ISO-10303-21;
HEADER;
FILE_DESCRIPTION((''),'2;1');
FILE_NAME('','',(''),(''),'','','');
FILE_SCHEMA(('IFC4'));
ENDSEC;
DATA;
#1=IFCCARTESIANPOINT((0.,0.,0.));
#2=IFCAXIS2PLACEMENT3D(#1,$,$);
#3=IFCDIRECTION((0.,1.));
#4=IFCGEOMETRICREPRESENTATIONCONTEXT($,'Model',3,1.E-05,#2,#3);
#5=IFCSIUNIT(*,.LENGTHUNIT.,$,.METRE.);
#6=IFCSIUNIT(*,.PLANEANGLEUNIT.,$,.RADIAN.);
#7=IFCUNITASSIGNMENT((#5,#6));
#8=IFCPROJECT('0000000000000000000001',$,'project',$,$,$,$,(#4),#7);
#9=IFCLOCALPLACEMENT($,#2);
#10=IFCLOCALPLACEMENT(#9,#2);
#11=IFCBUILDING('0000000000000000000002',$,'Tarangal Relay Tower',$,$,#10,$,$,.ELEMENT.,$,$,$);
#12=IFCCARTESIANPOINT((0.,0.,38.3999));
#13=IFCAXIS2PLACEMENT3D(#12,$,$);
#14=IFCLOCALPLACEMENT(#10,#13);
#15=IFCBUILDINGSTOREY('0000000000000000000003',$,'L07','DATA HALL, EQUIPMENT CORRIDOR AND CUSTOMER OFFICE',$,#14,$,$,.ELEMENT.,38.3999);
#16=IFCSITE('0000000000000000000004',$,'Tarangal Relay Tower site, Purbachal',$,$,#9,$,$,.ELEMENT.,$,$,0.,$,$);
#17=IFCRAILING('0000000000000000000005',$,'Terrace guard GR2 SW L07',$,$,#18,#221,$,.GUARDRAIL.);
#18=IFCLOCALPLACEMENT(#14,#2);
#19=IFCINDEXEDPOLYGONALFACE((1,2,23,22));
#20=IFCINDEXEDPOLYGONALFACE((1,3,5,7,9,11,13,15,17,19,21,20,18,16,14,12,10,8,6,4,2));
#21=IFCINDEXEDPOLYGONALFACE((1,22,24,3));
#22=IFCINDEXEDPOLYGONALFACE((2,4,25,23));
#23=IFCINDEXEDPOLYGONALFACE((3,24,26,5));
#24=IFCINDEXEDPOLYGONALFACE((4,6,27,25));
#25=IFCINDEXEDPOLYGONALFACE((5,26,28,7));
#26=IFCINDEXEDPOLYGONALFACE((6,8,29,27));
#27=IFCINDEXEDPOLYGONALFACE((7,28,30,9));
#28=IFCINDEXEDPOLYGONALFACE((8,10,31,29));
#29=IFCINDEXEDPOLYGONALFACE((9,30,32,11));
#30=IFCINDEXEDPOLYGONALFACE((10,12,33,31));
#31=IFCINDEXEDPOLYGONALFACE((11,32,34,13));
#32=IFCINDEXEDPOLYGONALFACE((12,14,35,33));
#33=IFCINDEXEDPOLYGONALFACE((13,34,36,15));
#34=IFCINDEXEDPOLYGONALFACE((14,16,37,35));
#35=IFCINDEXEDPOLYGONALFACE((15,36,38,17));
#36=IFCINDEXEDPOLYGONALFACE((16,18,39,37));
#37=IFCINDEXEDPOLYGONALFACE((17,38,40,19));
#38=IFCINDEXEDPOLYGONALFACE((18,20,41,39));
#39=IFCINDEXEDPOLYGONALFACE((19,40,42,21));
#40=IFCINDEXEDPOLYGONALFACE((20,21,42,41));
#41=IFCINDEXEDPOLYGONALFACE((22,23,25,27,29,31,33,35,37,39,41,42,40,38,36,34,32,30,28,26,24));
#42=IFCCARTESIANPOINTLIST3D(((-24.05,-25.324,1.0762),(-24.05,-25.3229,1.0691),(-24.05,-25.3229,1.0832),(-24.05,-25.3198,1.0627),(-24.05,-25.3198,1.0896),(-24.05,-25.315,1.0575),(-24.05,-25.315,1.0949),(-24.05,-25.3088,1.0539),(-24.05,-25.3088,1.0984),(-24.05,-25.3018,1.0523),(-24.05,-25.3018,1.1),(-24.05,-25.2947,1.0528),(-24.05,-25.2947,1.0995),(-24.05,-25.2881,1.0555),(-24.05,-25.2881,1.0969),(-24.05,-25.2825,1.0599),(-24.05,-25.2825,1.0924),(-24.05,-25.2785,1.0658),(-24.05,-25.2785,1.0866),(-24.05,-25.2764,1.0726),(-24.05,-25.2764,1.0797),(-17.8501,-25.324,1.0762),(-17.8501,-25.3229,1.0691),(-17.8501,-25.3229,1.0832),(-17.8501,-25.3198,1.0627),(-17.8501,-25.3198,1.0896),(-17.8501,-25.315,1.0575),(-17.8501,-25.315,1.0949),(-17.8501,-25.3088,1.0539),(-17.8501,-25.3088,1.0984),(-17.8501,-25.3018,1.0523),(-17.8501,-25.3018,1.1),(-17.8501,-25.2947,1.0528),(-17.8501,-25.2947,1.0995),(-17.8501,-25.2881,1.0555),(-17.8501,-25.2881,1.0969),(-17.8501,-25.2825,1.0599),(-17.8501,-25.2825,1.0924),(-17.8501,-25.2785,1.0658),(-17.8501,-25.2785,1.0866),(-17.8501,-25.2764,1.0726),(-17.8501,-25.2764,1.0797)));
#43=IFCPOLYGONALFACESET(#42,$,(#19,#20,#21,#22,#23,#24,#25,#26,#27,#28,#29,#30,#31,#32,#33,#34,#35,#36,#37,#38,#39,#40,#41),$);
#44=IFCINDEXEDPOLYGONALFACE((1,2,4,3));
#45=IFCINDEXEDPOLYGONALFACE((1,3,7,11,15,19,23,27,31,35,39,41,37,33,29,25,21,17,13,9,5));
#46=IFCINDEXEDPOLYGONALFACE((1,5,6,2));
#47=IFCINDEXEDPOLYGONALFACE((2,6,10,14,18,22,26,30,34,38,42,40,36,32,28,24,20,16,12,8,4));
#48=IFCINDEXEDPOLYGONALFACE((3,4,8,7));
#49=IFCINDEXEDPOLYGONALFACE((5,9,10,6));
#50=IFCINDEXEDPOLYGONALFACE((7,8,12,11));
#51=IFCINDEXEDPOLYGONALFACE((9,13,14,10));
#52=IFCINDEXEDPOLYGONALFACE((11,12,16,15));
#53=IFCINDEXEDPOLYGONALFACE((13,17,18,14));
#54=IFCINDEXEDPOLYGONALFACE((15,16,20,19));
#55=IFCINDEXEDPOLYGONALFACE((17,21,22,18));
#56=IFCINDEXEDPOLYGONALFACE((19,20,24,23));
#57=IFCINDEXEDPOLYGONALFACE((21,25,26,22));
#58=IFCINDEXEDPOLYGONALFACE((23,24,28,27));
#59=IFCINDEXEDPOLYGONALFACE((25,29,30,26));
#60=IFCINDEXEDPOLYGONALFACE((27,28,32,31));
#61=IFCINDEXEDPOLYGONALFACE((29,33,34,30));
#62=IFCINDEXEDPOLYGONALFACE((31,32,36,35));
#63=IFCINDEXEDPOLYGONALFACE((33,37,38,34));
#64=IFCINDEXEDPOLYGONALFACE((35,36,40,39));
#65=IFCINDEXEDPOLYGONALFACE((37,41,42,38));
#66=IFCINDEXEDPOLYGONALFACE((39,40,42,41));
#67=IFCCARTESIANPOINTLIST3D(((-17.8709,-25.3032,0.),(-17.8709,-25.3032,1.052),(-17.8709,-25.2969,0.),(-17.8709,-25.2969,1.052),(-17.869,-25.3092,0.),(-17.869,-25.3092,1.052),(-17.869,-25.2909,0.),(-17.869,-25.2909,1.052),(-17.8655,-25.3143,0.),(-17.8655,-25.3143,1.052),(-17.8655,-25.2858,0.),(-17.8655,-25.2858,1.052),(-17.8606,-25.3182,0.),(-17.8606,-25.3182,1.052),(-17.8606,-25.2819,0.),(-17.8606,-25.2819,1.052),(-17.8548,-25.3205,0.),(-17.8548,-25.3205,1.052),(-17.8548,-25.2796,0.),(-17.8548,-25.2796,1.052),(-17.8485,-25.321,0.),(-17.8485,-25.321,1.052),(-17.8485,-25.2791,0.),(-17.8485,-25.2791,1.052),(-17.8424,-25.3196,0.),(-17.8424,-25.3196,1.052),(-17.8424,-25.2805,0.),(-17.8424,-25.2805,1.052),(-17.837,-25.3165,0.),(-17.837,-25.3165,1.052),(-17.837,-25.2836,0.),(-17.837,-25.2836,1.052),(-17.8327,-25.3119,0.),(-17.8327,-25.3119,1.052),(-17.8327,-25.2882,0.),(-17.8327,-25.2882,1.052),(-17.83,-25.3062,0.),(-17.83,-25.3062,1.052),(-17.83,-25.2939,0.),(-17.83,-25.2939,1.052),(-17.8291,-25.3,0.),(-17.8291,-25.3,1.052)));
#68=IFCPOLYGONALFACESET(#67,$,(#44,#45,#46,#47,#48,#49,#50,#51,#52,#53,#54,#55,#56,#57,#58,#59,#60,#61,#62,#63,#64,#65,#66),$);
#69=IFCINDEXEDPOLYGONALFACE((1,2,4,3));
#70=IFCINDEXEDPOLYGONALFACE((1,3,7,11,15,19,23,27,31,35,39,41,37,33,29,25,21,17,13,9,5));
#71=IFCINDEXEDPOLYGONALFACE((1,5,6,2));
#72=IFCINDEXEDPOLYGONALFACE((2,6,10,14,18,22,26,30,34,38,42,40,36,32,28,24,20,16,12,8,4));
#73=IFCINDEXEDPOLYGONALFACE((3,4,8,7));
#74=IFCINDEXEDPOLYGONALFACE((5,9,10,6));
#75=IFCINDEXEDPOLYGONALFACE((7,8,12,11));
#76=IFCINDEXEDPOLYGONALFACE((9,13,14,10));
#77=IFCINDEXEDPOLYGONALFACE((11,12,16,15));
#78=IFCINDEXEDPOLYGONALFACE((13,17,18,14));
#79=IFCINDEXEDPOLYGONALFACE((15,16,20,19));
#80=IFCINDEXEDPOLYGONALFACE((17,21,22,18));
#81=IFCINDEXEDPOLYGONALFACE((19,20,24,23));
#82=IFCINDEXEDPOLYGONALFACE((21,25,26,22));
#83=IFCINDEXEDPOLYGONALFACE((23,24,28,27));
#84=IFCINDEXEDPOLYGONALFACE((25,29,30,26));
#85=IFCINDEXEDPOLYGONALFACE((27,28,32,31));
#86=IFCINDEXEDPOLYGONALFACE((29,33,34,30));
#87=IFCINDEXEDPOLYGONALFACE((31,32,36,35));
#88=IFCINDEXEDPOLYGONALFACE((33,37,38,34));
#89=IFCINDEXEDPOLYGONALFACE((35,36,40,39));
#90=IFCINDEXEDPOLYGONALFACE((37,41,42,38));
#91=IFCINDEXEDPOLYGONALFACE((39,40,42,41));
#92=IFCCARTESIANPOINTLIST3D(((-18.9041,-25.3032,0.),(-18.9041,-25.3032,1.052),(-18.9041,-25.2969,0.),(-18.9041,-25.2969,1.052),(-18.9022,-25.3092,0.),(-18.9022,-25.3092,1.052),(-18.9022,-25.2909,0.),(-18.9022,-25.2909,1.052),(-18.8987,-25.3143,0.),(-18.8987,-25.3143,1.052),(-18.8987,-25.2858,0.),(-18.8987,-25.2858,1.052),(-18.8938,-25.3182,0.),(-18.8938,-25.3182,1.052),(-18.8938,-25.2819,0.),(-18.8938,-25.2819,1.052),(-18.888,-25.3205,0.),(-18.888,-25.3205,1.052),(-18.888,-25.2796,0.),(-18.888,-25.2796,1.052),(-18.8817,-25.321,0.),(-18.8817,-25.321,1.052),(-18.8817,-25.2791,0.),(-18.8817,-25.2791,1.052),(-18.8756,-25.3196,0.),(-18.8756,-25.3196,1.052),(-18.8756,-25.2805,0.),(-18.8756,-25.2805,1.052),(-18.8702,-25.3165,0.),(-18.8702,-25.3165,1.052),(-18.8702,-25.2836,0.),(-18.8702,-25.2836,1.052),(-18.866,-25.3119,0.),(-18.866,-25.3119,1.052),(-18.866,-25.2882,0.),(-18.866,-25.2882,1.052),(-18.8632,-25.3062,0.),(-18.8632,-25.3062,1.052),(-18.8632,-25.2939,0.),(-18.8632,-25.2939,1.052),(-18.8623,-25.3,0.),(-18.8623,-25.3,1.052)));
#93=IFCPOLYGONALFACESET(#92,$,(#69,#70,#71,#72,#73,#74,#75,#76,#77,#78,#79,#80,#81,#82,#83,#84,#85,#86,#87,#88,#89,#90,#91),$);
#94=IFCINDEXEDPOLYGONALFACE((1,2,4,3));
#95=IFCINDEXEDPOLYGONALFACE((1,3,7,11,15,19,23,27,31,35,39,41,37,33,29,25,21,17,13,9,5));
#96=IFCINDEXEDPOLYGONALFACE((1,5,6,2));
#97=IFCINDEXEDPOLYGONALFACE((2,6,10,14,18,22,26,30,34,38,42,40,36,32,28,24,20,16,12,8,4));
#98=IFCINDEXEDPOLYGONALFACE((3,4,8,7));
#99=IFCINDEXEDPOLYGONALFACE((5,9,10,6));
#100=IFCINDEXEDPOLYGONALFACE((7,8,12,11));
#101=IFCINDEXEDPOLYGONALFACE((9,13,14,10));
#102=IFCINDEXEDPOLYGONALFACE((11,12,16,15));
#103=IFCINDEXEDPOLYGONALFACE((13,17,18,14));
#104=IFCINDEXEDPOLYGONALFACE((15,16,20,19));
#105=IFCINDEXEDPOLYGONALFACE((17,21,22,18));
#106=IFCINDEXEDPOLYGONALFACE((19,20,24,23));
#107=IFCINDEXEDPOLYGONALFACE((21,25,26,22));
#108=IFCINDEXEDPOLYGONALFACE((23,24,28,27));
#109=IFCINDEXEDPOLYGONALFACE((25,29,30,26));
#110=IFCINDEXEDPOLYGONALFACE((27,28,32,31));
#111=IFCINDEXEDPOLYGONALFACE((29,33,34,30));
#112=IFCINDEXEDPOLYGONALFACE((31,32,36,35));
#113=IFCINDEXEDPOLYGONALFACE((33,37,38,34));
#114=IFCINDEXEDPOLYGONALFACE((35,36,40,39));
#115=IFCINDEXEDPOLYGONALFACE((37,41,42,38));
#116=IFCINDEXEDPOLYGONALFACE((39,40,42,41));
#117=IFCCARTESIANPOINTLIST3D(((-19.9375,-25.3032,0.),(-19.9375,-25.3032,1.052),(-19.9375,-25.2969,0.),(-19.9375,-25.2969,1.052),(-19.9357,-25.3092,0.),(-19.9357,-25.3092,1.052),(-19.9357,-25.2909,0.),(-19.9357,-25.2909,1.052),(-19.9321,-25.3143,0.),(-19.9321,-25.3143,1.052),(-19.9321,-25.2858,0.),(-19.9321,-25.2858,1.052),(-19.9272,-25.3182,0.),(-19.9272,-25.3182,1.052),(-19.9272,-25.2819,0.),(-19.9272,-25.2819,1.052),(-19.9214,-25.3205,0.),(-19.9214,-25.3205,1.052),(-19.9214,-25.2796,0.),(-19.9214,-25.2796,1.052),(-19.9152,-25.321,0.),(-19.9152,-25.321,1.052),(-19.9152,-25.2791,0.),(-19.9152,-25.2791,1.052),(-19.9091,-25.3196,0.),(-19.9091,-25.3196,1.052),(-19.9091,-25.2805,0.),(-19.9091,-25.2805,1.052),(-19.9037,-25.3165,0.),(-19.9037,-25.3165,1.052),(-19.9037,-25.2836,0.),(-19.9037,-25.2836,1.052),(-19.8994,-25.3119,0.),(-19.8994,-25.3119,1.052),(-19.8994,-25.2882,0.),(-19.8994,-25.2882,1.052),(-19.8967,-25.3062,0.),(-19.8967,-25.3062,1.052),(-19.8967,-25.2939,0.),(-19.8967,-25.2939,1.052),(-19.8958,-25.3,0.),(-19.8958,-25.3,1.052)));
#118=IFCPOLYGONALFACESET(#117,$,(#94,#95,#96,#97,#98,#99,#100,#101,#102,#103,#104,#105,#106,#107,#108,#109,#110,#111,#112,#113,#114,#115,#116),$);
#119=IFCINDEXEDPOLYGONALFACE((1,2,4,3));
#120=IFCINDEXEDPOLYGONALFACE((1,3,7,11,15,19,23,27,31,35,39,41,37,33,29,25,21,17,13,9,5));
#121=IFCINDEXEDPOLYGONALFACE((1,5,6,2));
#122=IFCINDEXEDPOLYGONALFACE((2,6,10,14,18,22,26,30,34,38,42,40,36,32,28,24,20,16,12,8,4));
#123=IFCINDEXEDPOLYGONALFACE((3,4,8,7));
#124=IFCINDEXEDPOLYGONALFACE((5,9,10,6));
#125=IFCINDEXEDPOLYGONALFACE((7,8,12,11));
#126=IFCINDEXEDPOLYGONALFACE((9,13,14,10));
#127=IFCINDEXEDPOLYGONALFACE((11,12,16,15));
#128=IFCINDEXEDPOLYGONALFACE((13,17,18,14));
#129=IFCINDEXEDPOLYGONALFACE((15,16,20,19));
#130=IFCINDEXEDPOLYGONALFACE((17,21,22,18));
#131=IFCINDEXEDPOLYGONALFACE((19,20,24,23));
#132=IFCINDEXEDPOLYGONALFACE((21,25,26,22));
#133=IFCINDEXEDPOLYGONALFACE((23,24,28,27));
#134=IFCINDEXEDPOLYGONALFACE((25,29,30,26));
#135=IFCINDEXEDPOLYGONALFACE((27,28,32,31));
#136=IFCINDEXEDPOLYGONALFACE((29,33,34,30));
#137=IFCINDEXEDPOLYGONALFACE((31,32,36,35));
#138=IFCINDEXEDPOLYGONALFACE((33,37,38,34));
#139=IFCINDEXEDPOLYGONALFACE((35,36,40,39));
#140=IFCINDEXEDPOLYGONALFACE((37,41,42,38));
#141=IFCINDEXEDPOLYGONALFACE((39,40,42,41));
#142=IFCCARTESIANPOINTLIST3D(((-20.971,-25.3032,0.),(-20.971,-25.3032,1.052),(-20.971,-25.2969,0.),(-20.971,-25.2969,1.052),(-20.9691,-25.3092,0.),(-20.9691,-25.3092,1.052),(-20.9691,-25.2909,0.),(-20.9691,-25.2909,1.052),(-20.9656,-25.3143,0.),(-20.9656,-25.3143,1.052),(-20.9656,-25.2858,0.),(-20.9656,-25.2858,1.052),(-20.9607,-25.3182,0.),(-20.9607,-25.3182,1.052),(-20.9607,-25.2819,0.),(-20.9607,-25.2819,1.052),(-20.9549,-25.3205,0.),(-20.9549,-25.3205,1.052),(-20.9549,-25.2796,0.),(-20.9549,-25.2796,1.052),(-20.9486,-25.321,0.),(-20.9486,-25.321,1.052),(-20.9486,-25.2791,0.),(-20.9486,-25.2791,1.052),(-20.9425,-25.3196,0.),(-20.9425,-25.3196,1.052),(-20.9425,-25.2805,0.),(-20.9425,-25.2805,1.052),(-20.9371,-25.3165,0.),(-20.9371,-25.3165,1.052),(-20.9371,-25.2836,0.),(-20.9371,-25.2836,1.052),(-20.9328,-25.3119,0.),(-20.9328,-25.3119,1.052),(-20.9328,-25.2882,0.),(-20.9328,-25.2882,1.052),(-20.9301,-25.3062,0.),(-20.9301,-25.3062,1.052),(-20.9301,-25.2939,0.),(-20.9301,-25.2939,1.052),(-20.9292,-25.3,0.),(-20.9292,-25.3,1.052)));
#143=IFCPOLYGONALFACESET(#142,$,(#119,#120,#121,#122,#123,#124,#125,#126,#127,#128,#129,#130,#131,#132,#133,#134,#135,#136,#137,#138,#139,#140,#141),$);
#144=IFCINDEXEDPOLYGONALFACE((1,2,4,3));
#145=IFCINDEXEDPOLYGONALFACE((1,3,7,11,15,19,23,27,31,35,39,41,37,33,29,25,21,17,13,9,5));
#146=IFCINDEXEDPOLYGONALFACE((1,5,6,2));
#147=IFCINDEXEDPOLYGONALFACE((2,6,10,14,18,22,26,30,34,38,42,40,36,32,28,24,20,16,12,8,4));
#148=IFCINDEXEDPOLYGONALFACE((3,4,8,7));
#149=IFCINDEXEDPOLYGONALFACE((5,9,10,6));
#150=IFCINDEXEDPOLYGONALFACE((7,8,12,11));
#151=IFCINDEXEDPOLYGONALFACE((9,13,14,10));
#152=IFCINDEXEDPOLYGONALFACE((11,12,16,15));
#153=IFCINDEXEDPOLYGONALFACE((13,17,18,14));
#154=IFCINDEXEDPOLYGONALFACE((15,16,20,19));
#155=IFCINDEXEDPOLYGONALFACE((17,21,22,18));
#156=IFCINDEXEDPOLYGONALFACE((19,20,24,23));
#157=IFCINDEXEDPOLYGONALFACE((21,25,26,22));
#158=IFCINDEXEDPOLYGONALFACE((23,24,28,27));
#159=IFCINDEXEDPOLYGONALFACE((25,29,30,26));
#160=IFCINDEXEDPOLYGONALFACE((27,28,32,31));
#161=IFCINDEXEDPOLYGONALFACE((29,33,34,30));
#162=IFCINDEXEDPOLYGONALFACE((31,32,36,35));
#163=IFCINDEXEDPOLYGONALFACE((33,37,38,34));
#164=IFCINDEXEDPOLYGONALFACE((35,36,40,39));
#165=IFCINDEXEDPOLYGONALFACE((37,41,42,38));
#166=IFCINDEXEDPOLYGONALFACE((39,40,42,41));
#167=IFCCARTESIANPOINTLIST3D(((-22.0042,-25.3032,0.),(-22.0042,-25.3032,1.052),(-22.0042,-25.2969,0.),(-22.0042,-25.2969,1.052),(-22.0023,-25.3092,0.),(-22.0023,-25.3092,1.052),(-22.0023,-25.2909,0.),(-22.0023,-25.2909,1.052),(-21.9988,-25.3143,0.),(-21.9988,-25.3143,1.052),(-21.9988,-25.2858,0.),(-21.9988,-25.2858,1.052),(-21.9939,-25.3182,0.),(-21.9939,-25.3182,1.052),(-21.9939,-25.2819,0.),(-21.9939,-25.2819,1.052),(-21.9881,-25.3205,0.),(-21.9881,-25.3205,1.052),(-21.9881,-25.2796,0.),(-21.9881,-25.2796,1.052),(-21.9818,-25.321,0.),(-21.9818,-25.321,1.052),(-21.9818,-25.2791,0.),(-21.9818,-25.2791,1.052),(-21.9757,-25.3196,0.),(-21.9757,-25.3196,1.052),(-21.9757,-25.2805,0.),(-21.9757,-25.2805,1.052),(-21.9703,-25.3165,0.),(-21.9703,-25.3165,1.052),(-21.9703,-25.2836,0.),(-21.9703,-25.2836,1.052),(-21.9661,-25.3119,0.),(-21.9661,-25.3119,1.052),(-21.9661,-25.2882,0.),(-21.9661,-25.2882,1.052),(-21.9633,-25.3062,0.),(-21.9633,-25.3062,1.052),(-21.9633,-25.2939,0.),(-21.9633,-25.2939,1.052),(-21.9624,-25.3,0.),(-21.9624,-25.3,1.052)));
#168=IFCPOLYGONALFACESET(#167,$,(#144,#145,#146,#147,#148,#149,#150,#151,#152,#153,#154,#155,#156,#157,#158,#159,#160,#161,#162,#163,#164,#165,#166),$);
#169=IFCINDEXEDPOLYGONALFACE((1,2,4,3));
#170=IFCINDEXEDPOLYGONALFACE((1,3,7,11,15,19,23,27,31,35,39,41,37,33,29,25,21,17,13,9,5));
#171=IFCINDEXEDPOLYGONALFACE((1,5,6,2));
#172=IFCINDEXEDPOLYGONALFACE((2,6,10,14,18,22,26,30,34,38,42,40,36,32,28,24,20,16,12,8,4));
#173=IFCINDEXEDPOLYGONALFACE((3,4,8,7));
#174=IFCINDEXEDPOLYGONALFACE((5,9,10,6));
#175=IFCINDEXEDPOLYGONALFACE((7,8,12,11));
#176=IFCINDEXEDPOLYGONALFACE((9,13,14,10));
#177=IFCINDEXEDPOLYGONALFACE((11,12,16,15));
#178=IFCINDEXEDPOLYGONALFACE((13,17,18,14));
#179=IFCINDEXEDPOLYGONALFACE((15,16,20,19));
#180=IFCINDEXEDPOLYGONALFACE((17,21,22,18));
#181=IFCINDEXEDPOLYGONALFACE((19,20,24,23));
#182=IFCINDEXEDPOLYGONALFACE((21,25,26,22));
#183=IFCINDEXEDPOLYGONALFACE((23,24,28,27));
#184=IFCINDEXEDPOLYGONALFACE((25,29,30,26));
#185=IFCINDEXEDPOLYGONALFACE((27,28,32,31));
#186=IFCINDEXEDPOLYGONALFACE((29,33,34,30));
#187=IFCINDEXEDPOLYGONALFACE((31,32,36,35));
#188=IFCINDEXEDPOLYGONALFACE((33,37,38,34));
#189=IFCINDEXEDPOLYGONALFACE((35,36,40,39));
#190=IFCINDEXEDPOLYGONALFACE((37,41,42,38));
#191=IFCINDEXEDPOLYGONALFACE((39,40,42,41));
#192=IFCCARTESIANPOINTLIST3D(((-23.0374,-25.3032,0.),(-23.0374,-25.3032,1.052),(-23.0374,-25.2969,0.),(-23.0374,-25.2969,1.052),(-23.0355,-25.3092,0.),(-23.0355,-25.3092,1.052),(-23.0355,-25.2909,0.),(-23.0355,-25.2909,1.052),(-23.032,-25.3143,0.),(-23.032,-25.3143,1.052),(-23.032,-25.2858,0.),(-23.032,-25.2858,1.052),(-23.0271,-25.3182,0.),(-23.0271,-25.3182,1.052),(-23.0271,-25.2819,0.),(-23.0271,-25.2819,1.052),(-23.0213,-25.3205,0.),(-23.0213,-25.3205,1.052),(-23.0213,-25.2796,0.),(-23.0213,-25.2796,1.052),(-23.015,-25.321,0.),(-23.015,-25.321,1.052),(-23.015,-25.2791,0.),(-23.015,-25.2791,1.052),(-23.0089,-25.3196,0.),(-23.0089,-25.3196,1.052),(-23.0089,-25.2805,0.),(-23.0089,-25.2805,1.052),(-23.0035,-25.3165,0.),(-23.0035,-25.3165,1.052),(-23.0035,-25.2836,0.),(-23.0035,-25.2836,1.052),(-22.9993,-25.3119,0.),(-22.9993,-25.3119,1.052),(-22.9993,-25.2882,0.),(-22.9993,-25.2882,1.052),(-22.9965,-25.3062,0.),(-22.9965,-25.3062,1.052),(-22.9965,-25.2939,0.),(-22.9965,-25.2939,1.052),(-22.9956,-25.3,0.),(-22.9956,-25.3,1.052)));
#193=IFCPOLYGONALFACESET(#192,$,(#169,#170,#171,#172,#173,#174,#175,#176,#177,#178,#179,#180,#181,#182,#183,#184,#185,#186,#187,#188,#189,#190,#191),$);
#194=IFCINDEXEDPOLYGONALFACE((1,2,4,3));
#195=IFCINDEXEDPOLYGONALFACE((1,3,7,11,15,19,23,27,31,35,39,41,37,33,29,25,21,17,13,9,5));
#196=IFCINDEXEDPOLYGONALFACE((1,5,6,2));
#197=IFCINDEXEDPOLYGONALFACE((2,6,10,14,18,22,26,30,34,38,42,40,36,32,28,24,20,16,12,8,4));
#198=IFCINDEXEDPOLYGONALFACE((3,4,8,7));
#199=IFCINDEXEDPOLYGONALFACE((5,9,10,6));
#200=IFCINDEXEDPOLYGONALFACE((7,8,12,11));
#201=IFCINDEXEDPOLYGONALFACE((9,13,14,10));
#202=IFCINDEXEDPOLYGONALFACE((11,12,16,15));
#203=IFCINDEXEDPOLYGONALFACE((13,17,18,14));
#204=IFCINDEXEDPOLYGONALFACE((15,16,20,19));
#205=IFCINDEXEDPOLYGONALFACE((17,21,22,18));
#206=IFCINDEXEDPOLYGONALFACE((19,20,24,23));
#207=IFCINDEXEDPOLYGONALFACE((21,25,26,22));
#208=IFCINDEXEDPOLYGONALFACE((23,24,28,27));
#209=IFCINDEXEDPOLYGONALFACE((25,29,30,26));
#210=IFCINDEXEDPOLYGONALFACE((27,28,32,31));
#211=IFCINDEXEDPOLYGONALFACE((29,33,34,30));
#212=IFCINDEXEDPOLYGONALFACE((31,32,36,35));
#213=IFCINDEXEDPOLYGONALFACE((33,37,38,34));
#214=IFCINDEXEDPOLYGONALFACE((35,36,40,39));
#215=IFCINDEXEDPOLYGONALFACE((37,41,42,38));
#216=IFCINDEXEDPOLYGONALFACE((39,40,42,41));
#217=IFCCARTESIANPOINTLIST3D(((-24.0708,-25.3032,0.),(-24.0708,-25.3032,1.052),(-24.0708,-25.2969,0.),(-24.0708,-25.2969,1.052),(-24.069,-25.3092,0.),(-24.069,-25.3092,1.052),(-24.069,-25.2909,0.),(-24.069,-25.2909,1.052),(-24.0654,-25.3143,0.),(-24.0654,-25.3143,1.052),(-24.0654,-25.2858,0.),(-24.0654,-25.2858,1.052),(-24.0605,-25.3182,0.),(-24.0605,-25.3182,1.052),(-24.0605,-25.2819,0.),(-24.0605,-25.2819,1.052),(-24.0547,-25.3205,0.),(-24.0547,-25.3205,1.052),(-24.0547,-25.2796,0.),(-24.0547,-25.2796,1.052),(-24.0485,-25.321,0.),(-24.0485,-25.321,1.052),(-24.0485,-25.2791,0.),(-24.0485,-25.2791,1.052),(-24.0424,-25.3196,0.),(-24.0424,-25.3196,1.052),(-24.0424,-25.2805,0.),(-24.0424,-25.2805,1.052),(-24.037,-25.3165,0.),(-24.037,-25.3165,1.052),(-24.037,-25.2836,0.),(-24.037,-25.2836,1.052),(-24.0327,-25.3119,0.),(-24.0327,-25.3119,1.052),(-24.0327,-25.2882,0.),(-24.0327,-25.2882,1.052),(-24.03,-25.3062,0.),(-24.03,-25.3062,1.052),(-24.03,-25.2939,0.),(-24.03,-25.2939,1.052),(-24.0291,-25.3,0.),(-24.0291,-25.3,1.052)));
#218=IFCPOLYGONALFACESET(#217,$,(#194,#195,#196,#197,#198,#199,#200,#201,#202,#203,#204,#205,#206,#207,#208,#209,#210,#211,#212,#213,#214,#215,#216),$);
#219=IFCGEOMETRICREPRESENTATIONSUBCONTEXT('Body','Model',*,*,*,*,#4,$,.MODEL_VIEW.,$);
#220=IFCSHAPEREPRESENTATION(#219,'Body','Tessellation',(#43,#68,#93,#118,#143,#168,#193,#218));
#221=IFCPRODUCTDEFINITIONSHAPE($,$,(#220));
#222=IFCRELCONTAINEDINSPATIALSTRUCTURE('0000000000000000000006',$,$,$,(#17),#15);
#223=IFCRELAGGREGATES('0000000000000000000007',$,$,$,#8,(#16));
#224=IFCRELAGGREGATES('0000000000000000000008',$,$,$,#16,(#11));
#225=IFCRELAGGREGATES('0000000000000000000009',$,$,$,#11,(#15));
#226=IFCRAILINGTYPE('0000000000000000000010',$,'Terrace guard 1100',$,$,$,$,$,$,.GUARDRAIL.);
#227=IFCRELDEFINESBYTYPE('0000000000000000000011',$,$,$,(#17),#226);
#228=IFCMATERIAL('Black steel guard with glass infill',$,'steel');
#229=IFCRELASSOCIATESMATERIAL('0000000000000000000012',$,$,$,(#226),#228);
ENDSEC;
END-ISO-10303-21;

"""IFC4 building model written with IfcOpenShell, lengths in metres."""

from ifc_helpers import new_model, si_unit, direction, frame, origin, origin_2d, place, context, subcontext, project, spatial, circle, extrude, material, type_object, element, save


model = new_model("IFC4")

# Units and contexts
model_context = context("Model", 3, precision=1e-05, world=origin(), true_north=direction((0.0, 1.0)))
body_context = subcontext(model_context, "Body", "Model", "MODEL_VIEW")
ifc_project = project(units=[si_unit("LENGTHUNIT", "METRE"), si_unit("PLANEANGLEUNIT", "RADIAN")], contexts=[model_context])

# Site, building, storey
site_placement = place(None, origin())
site = spatial("IfcSite", under=ifc_project, at=site_placement, Name="Tarangal Relay Tower site, Purbachal", CompositionType="ELEMENT", RefElevation=0.0)
building_placement = place(site_placement, origin())
building = spatial("IfcBuilding", under=site, at=building_placement, Name="Tarangal Relay Tower", CompositionType="ELEMENT")
storey_placement = place(building_placement, frame((0.0, 0.0, 38.3999)))
storey = spatial("IfcBuildingStorey", under=building, at=storey_placement, Name="L07", Description="DATA HALL, EQUIPMENT CORRIDOR AND CUSTOMER OFFICE", CompositionType="ELEMENT", Elevation=38.3999)

# Railing
ifc_material_1 = material(Name="Black steel guard with glass infill", Category="steel")
railing_type = type_object("IfcRailingType", Name="Terrace guard 1100", PredefinedType="GUARDRAIL", material=ifc_material_1)
railing_1_placement = place(storey_placement, frame((-17.8501, -25.3, 0.0)))
element("IfcRailing", 1, at=railing_1_placement, inside=storey, type_object=railing_type, Name="Terrace guard GR2 SW L07", PredefinedType="GUARDRAIL", context=body_context, shape_type="SweptSolid", body=[
    extrude(circle(Radius=0.0239, at=origin_2d()), frame((0.0, 0.0, 1.0762), z_axis=(-1.0, 0.0, 0.0), x_axis=(0.0, -1.0, 0.0)), (0.0, 0.0, 1.0), 6.2),
    extrude(circle(Radius=0.021, at=origin_2d()), origin(), (0.0, 0.0, 1.0), 1.052),
    extrude(circle(Radius=0.021, at=origin_2d()), frame((-1.0332, 0.0, 0.0)), (0.0, 0.0, 1.0), 1.052),
    extrude(circle(Radius=0.021, at=origin_2d()), frame((-2.0667, 0.0, 0.0)), (0.0, 0.0, 1.0), 1.052),
    extrude(circle(Radius=0.021, at=origin_2d()), frame((-3.1001, 0.0, 0.0)), (0.0, 0.0, 1.0), 1.052),
    extrude(circle(Radius=0.021, at=origin_2d()), frame((-4.1333, 0.0, 0.0)), (0.0, 0.0, 1.0), 1.052),
    extrude(circle(Radius=0.021, at=origin_2d()), frame((-5.1665, 0.0, 0.0)), (0.0, 0.0, 1.0), 1.052),
    extrude(circle(Radius=0.021, at=origin_2d()), frame((-6.2, 0.0, 0.0)), (0.0, 0.0, 1.0), 1.052),
])

save(model, "model.ifc")
